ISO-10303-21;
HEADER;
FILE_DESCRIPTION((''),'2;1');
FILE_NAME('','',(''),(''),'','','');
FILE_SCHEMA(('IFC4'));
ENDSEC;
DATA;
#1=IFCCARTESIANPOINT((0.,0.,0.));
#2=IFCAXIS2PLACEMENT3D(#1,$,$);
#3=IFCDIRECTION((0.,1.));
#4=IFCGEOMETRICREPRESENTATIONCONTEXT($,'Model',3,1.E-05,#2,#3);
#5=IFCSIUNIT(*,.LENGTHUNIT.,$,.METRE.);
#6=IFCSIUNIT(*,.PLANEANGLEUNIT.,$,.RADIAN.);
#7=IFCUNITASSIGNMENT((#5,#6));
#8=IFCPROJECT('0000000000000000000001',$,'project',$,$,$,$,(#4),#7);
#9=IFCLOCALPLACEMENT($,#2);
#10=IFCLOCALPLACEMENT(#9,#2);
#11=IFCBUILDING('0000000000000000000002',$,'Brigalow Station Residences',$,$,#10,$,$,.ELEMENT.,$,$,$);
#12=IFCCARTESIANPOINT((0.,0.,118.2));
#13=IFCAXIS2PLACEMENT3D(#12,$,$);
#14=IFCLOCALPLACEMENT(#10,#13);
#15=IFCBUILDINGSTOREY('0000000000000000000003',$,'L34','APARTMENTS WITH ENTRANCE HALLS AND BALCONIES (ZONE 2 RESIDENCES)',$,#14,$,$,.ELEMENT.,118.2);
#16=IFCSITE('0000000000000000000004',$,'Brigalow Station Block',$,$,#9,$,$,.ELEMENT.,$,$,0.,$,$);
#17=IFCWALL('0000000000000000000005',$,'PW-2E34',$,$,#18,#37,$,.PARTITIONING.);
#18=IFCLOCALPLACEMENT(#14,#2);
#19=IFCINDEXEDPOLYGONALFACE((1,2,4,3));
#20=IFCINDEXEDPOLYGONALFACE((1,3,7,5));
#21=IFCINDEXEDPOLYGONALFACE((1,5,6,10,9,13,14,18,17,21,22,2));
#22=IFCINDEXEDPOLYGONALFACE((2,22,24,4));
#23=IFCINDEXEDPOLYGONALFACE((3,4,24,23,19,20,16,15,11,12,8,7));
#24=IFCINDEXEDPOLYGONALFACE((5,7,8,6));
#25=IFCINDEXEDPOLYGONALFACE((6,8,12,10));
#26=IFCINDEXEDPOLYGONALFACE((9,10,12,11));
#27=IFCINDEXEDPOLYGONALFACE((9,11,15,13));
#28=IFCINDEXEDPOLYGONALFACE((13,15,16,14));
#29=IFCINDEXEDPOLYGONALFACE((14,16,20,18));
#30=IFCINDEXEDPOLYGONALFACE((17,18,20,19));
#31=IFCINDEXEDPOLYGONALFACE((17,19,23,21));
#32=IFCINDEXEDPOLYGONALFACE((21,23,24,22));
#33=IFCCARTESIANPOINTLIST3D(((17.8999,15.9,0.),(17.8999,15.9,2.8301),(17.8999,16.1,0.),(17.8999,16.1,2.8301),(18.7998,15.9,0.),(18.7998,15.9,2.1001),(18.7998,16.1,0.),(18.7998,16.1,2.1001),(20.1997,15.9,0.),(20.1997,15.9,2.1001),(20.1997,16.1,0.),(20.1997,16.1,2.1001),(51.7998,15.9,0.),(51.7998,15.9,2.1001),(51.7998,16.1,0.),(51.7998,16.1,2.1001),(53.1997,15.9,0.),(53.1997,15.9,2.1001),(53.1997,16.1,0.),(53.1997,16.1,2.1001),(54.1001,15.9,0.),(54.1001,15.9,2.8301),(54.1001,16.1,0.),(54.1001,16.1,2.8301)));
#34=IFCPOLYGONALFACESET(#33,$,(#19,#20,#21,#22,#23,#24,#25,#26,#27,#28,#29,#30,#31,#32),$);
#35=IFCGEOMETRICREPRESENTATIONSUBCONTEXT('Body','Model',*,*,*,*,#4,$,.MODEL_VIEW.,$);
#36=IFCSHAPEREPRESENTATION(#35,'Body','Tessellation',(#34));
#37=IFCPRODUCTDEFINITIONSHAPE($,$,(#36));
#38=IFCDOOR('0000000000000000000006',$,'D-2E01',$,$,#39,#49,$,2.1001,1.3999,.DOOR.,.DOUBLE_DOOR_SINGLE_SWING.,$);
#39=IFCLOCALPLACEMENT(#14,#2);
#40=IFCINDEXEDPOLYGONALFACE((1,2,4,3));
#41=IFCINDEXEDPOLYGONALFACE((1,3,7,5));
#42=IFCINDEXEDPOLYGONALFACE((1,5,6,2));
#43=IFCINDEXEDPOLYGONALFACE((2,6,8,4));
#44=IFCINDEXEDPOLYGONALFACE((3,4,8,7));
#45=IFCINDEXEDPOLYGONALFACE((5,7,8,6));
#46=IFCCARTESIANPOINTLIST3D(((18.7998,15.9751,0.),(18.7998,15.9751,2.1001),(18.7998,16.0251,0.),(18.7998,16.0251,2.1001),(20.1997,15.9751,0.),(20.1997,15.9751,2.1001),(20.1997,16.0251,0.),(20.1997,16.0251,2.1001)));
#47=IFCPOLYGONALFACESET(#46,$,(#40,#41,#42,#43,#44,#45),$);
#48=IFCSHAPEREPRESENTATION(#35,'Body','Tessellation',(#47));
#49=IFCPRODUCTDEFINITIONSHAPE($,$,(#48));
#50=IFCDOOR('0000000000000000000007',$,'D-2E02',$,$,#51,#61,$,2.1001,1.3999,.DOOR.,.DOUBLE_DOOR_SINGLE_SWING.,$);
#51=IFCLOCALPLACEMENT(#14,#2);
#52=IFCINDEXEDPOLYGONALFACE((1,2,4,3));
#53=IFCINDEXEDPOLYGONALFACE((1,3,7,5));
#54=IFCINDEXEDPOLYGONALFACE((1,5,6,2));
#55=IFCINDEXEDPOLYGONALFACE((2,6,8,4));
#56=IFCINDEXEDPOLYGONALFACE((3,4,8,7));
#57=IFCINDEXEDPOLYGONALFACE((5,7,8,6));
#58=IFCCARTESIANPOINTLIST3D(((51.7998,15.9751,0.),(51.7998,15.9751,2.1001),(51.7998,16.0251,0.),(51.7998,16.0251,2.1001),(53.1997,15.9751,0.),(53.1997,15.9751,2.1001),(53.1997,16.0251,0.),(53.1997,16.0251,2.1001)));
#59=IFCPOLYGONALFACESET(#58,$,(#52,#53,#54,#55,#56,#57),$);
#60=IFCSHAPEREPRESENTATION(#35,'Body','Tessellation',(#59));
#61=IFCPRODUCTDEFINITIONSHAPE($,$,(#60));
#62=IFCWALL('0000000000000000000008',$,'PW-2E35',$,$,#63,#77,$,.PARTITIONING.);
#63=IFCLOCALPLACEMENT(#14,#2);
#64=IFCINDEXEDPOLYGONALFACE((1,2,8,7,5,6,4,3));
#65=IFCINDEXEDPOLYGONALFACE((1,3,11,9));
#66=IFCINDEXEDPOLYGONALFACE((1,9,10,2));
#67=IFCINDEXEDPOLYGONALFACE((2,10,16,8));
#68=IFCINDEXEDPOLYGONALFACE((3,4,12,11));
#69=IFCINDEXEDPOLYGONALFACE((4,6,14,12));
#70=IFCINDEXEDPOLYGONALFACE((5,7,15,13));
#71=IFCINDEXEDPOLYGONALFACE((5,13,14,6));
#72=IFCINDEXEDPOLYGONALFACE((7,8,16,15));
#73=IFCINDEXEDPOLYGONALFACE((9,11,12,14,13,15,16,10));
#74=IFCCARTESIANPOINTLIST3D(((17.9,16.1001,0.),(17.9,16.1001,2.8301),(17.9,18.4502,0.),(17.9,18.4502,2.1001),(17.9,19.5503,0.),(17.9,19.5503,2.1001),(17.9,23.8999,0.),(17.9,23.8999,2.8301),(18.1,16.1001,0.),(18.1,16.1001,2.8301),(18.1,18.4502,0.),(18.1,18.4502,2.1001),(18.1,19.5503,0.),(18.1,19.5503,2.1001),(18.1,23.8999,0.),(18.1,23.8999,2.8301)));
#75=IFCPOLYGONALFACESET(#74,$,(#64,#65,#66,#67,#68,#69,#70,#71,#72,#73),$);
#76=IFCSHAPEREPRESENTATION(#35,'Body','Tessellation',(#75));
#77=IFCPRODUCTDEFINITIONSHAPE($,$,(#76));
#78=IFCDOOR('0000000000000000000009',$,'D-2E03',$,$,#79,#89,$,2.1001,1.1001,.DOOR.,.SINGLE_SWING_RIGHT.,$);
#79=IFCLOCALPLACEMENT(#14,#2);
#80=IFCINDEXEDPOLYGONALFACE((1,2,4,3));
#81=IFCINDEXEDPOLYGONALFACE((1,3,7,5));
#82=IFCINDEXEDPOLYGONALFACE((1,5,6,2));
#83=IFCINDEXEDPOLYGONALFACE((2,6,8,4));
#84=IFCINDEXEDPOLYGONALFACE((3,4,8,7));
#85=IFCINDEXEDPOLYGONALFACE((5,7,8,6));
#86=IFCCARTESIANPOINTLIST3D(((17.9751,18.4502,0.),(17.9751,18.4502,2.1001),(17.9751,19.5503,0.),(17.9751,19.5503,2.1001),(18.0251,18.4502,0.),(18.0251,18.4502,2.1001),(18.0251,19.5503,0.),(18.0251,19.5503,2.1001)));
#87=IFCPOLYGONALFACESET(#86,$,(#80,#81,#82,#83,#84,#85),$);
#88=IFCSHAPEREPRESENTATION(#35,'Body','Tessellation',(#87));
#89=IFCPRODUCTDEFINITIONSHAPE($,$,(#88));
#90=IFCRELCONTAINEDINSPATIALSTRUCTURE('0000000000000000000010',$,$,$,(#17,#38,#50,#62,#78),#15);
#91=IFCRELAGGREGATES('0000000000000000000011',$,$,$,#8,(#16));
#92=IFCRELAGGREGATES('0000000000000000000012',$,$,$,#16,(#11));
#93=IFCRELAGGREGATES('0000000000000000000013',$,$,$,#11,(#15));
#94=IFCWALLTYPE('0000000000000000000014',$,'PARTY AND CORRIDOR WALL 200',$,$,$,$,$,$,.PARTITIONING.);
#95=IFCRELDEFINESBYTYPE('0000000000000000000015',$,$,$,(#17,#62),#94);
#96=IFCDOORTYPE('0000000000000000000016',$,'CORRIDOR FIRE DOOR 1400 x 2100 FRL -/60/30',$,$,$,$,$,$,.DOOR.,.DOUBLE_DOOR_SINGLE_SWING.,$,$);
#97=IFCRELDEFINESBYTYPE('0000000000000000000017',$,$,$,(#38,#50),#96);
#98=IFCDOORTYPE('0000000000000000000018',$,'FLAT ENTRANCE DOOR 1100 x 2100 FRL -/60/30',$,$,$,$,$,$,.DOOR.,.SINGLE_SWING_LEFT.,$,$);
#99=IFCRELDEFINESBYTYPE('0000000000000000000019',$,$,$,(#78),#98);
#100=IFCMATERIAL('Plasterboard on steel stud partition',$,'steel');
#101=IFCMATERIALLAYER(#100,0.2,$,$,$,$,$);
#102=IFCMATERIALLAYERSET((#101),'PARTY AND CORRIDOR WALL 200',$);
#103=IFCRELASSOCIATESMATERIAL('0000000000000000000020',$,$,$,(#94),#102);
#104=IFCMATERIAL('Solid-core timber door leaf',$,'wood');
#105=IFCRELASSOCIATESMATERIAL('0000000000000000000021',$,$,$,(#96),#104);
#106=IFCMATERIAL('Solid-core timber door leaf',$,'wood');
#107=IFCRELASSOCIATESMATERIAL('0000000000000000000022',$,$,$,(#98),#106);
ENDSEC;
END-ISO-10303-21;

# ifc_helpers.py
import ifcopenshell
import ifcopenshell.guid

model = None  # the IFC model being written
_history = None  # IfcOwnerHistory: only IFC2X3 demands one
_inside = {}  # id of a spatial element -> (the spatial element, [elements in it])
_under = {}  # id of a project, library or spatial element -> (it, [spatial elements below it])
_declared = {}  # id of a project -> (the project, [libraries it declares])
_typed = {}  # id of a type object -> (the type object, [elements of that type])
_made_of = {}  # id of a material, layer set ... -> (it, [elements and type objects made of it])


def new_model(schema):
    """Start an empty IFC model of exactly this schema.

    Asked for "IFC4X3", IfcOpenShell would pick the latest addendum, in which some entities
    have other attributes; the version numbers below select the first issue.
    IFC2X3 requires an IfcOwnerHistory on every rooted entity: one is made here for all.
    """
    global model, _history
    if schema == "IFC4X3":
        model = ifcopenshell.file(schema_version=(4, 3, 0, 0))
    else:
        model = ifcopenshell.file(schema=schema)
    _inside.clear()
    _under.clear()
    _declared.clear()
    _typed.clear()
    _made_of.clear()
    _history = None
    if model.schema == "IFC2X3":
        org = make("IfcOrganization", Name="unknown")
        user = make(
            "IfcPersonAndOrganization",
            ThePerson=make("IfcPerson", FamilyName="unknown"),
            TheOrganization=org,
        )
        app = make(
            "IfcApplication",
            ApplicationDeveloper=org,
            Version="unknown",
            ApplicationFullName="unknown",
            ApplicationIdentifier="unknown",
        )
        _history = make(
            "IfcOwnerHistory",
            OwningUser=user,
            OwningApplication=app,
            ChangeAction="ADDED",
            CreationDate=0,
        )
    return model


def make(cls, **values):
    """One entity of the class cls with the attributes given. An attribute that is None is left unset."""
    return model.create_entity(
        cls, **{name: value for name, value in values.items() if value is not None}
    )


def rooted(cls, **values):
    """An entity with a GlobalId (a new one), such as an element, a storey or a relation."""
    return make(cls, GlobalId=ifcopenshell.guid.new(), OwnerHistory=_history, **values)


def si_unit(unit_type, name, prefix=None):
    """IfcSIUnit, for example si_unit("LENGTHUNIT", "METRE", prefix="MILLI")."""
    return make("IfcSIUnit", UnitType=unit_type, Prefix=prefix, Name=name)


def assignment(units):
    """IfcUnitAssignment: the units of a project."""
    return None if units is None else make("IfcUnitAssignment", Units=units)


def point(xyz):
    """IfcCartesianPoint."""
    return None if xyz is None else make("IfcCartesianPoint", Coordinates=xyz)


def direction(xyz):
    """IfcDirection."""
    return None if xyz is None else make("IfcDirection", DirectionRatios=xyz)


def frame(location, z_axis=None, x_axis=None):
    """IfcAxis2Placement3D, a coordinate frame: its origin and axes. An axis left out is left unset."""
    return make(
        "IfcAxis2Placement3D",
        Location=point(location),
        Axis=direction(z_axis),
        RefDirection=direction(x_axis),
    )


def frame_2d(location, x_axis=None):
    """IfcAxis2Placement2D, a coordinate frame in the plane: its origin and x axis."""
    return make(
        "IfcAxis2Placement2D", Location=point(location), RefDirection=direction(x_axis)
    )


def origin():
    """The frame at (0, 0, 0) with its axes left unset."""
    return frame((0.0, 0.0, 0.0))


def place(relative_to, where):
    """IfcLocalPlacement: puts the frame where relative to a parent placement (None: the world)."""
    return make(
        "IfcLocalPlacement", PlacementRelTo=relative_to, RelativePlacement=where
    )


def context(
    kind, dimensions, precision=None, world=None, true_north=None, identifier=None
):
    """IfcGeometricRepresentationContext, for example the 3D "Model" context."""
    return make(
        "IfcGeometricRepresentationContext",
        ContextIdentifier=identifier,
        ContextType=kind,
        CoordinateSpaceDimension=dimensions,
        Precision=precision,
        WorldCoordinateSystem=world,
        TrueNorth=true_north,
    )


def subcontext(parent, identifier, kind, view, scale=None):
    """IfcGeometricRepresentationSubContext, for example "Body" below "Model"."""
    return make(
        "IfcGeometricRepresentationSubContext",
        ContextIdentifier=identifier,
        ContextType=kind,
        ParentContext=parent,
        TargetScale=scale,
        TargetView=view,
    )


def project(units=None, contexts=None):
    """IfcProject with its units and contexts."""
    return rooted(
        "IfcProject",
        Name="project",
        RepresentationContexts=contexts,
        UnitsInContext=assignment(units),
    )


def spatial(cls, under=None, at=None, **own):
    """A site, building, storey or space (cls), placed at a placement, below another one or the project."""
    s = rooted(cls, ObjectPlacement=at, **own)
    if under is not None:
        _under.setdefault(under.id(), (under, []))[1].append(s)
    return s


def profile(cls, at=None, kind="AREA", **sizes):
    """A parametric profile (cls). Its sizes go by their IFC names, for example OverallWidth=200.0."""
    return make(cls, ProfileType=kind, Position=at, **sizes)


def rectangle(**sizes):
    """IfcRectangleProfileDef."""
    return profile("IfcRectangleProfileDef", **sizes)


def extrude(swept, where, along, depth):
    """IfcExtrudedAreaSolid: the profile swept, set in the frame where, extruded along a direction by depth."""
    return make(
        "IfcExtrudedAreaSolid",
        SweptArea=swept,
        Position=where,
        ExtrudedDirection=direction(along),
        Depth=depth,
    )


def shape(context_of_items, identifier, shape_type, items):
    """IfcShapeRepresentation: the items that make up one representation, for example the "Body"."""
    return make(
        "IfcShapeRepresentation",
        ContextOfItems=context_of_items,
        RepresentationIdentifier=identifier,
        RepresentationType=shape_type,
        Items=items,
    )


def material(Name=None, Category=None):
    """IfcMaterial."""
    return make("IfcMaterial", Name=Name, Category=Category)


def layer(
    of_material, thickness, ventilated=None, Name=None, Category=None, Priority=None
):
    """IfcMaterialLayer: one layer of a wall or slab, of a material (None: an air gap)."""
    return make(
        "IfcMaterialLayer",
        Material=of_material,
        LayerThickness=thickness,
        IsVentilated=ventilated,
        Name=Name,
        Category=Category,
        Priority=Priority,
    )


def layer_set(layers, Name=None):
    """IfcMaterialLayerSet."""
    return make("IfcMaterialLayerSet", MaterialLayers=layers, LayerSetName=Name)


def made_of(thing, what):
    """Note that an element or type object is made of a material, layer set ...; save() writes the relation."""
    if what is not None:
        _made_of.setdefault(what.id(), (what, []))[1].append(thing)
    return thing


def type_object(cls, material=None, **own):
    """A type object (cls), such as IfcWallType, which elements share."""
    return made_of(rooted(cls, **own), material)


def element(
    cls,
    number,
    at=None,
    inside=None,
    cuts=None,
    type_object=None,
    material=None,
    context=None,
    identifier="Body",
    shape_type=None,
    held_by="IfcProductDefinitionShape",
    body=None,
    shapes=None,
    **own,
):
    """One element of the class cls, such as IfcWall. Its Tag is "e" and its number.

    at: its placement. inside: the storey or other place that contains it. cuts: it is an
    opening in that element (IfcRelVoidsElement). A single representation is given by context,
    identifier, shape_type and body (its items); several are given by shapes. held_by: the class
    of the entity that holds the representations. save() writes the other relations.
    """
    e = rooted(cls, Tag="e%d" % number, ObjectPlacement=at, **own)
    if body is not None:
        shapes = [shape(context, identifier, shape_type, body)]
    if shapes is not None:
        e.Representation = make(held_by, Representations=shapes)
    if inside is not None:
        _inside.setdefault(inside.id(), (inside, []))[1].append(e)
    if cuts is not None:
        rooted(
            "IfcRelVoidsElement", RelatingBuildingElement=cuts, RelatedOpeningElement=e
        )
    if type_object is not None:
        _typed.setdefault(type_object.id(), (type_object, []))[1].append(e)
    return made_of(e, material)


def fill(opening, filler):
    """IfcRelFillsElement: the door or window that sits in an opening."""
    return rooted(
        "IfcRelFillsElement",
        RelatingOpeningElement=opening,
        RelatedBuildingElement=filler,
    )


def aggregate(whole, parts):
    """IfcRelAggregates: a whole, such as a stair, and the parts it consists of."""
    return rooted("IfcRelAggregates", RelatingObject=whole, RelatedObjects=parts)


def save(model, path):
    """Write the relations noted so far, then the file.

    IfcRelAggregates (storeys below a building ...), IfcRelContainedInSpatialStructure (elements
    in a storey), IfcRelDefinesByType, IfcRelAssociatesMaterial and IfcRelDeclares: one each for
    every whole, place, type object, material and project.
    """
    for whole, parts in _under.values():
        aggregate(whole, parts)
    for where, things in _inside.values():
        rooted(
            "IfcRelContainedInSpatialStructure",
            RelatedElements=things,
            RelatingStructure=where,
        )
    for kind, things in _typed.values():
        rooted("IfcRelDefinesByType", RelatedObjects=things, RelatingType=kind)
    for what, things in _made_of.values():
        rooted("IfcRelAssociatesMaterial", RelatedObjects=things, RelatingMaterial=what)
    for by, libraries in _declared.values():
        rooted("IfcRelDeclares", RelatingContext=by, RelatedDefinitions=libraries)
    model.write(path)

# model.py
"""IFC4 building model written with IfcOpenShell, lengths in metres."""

from ifc_helpers import new_model, si_unit, direction, frame, frame_2d, origin, place, context, subcontext, project, spatial, rectangle, extrude, material, layer, layer_set, type_object, element, fill, save


model = new_model("IFC4")

# Units and contexts
model_context = context("Model", 3, precision=1e-05, world=origin(), true_north=direction((0.0, 1.0)))
body_context = subcontext(model_context, "Body", "Model", "MODEL_VIEW")
ifc_project = project(units=[si_unit("LENGTHUNIT", "METRE"), si_unit("PLANEANGLEUNIT", "RADIAN")], contexts=[model_context])

# Site, building, storey
site_placement = place(None, origin())
site = spatial("IfcSite", under=ifc_project, at=site_placement, Name="Brigalow Station Block", CompositionType="ELEMENT", RefElevation=0.0)
building_placement = place(site_placement, origin())
building = spatial("IfcBuilding", under=site, at=building_placement, Name="Brigalow Station Residences", CompositionType="ELEMENT")
storey_placement = place(building_placement, frame((0.0, 0.0, 118.2)))
storey = spatial("IfcBuildingStorey", under=building, at=storey_placement, Name="L34", Description="APARTMENTS WITH ENTRANCE HALLS AND BALCONIES (ZONE 2 RESIDENCES)", CompositionType="ELEMENT", Elevation=118.2)

# Wall, openings, doors
ifc_material_1 = material(Name="Plasterboard on steel stud partition", Category="steel")
ifc_layer_1 = layer(ifc_material_1, 0.2)
ifc_layer_set_1 = layer_set([ifc_layer_1], Name="PARTY AND CORRIDOR WALL 200")
wall_type_1 = type_object("IfcWallType", Name="PARTY AND CORRIDOR WALL 200", PredefinedType="PARTITIONING", material=ifc_layer_set_1)
wall_1_placement = place(storey_placement, frame((17.8999, 16.0, 0.0), z_axis=(0.0, 0.0, 1.0), x_axis=(1.0, 0.0, 0.0)))
wall_1 = element("IfcWall", 1, at=wall_1_placement, inside=storey, type_object=wall_type_1, Name="PW-2E34", PredefinedType="PARTITIONING", context=body_context, shape_type="SweptSolid", body=[
    extrude(rectangle(XDim=36.2002, YDim=0.2, at=frame_2d((18.1001, 0.0))), origin(), (0.0, 0.0, 1.0), 2.8301),
])
opening_1_placement = place(wall_1_placement, frame((0.8999, 0.0, 0.0)))
opening_1 = element("IfcOpeningElement", 2, at=opening_1_placement, cuts=wall_1, PredefinedType="OPENING", context=body_context, shape_type="SweptSolid", body=[
    extrude(rectangle(XDim=1.3999, YDim=2.1001, at=frame_2d((0.7, 1.05))), frame((0.0, 0.1099, 0.0), z_axis=(0.0, -1.0, 0.0), x_axis=(1.0, 0.0, 0.0)), (0.0, 0.0, 1.0), 0.22),
])
opening_2_placement = place(wall_1_placement, frame((33.8999, 0.0, 0.0)))
opening_2 = element("IfcOpeningElement", 3, at=opening_2_placement, cuts=wall_1, PredefinedType="OPENING", context=body_context, shape_type="SweptSolid", body=[
    extrude(rectangle(XDim=1.3999, YDim=2.1001, at=frame_2d((0.7, 1.05))), frame((0.0, 0.1099, 0.0), z_axis=(0.0, -1.0, 0.0), x_axis=(1.0, 0.0, 0.0)), (0.0, 0.0, 1.0), 0.22),
])
ifc_material_2 = material(Name="Solid-core timber door leaf", Category="wood")
door_type_1 = type_object("IfcDoorType", Name="CORRIDOR FIRE DOOR 1400 x 2100 FRL -/60/30", OperationType="DOUBLE_DOOR_SINGLE_SWING", PredefinedType="DOOR", material=ifc_material_2)
door_1_placement = place(opening_1_placement, frame((1.3999, 0.0, 0.0), z_axis=(0.0, 0.0, 1.0), x_axis=(-1.0, 0.0, 0.0)))
door_1 = element("IfcDoor", 4, at=door_1_placement, inside=storey, type_object=door_type_1, Name="D-2E01", OperationType="DOUBLE_DOOR_SINGLE_SWING", OverallHeight=2.1001, OverallWidth=1.3999, PredefinedType="DOOR", context=body_context, shape_type="SweptSolid", body=[
    extrude(rectangle(XDim=1.3999, YDim=2.1001, at=frame_2d((0.7, 1.05))), frame((0.0, 0.0249, 0.0), z_axis=(0.0, -1.0, 0.0), x_axis=(1.0, 0.0, 0.0)), (0.0, 0.0, 1.0), 0.05),
])
fill(opening_1, door_1)
door_2_placement = place(opening_2_placement, frame((1.3999, 0.0, 0.0), z_axis=(0.0, 0.0, 1.0), x_axis=(-1.0, 0.0, 0.0)))
door_2 = element("IfcDoor", 5, at=door_2_placement, inside=storey, type_object=door_type_1, Name="D-2E02", OperationType="DOUBLE_DOOR_SINGLE_SWING", OverallHeight=2.1001, OverallWidth=1.3999, PredefinedType="DOOR", context=body_context, shape_type="SweptSolid", body=[
    extrude(rectangle(XDim=1.3999, YDim=2.1001, at=frame_2d((0.7, 1.05))), frame((0.0, 0.0249, 0.0), z_axis=(0.0, -1.0, 0.0), x_axis=(1.0, 0.0, 0.0)), (0.0, 0.0, 1.0), 0.05),
])
fill(opening_2, door_2)

# Wall, opening, door
wall_2_placement = place(storey_placement, frame((18.0, 16.1001, 0.0), z_axis=(0.0, 0.0, 1.0), x_axis=(0.0, 1.0, 0.0)))
wall_2 = element("IfcWall", 6, at=wall_2_placement, inside=storey, type_object=wall_type_1, Name="PW-2E35", PredefinedType="PARTITIONING", context=body_context, shape_type="SweptSolid", body=[
    extrude(rectangle(XDim=7.7998, YDim=0.2, at=frame_2d((3.8999, 0.0))), origin(), (0.0, 0.0, 1.0), 2.8301),
])
opening_3_placement = place(wall_2_placement, frame((2.3501, 0.0, 0.0)))
opening_3 = element("IfcOpeningElement", 7, at=opening_3_placement, cuts=wall_2, PredefinedType="OPENING", context=body_context, shape_type="SweptSolid", body=[
    extrude(rectangle(XDim=1.1001, YDim=2.1001, at=frame_2d((0.55, 1.05))), frame((0.0, 0.1099, 0.0), z_axis=(0.0, -1.0, 0.0), x_axis=(1.0, 0.0, 0.0)), (0.0, 0.0, 1.0), 0.22),
])
ifc_material_3 = material(Name="Solid-core timber door leaf", Category="wood")
door_type_2 = type_object("IfcDoorType", Name="FLAT ENTRANCE DOOR 1100 x 2100 FRL -/60/30", OperationType="SINGLE_SWING_LEFT", PredefinedType="DOOR", material=ifc_material_3)
door_3_placement = place(opening_3_placement, origin())
door_3 = element("IfcDoor", 8, at=door_3_placement, inside=storey, type_object=door_type_2, Name="D-2E03", OperationType="SINGLE_SWING_RIGHT", OverallHeight=2.1001, OverallWidth=1.1001, PredefinedType="DOOR", context=body_context, shape_type="SweptSolid", body=[
    extrude(rectangle(XDim=1.1001, YDim=2.1001, at=frame_2d((0.55, 1.05))), frame((0.0, 0.0249, 0.0), z_axis=(0.0, -1.0, 0.0), x_axis=(1.0, 0.0, 0.0)), (0.0, 0.0, 1.0), 0.05),
])
fill(opening_3, door_3)

save(model, "model.ifc")
